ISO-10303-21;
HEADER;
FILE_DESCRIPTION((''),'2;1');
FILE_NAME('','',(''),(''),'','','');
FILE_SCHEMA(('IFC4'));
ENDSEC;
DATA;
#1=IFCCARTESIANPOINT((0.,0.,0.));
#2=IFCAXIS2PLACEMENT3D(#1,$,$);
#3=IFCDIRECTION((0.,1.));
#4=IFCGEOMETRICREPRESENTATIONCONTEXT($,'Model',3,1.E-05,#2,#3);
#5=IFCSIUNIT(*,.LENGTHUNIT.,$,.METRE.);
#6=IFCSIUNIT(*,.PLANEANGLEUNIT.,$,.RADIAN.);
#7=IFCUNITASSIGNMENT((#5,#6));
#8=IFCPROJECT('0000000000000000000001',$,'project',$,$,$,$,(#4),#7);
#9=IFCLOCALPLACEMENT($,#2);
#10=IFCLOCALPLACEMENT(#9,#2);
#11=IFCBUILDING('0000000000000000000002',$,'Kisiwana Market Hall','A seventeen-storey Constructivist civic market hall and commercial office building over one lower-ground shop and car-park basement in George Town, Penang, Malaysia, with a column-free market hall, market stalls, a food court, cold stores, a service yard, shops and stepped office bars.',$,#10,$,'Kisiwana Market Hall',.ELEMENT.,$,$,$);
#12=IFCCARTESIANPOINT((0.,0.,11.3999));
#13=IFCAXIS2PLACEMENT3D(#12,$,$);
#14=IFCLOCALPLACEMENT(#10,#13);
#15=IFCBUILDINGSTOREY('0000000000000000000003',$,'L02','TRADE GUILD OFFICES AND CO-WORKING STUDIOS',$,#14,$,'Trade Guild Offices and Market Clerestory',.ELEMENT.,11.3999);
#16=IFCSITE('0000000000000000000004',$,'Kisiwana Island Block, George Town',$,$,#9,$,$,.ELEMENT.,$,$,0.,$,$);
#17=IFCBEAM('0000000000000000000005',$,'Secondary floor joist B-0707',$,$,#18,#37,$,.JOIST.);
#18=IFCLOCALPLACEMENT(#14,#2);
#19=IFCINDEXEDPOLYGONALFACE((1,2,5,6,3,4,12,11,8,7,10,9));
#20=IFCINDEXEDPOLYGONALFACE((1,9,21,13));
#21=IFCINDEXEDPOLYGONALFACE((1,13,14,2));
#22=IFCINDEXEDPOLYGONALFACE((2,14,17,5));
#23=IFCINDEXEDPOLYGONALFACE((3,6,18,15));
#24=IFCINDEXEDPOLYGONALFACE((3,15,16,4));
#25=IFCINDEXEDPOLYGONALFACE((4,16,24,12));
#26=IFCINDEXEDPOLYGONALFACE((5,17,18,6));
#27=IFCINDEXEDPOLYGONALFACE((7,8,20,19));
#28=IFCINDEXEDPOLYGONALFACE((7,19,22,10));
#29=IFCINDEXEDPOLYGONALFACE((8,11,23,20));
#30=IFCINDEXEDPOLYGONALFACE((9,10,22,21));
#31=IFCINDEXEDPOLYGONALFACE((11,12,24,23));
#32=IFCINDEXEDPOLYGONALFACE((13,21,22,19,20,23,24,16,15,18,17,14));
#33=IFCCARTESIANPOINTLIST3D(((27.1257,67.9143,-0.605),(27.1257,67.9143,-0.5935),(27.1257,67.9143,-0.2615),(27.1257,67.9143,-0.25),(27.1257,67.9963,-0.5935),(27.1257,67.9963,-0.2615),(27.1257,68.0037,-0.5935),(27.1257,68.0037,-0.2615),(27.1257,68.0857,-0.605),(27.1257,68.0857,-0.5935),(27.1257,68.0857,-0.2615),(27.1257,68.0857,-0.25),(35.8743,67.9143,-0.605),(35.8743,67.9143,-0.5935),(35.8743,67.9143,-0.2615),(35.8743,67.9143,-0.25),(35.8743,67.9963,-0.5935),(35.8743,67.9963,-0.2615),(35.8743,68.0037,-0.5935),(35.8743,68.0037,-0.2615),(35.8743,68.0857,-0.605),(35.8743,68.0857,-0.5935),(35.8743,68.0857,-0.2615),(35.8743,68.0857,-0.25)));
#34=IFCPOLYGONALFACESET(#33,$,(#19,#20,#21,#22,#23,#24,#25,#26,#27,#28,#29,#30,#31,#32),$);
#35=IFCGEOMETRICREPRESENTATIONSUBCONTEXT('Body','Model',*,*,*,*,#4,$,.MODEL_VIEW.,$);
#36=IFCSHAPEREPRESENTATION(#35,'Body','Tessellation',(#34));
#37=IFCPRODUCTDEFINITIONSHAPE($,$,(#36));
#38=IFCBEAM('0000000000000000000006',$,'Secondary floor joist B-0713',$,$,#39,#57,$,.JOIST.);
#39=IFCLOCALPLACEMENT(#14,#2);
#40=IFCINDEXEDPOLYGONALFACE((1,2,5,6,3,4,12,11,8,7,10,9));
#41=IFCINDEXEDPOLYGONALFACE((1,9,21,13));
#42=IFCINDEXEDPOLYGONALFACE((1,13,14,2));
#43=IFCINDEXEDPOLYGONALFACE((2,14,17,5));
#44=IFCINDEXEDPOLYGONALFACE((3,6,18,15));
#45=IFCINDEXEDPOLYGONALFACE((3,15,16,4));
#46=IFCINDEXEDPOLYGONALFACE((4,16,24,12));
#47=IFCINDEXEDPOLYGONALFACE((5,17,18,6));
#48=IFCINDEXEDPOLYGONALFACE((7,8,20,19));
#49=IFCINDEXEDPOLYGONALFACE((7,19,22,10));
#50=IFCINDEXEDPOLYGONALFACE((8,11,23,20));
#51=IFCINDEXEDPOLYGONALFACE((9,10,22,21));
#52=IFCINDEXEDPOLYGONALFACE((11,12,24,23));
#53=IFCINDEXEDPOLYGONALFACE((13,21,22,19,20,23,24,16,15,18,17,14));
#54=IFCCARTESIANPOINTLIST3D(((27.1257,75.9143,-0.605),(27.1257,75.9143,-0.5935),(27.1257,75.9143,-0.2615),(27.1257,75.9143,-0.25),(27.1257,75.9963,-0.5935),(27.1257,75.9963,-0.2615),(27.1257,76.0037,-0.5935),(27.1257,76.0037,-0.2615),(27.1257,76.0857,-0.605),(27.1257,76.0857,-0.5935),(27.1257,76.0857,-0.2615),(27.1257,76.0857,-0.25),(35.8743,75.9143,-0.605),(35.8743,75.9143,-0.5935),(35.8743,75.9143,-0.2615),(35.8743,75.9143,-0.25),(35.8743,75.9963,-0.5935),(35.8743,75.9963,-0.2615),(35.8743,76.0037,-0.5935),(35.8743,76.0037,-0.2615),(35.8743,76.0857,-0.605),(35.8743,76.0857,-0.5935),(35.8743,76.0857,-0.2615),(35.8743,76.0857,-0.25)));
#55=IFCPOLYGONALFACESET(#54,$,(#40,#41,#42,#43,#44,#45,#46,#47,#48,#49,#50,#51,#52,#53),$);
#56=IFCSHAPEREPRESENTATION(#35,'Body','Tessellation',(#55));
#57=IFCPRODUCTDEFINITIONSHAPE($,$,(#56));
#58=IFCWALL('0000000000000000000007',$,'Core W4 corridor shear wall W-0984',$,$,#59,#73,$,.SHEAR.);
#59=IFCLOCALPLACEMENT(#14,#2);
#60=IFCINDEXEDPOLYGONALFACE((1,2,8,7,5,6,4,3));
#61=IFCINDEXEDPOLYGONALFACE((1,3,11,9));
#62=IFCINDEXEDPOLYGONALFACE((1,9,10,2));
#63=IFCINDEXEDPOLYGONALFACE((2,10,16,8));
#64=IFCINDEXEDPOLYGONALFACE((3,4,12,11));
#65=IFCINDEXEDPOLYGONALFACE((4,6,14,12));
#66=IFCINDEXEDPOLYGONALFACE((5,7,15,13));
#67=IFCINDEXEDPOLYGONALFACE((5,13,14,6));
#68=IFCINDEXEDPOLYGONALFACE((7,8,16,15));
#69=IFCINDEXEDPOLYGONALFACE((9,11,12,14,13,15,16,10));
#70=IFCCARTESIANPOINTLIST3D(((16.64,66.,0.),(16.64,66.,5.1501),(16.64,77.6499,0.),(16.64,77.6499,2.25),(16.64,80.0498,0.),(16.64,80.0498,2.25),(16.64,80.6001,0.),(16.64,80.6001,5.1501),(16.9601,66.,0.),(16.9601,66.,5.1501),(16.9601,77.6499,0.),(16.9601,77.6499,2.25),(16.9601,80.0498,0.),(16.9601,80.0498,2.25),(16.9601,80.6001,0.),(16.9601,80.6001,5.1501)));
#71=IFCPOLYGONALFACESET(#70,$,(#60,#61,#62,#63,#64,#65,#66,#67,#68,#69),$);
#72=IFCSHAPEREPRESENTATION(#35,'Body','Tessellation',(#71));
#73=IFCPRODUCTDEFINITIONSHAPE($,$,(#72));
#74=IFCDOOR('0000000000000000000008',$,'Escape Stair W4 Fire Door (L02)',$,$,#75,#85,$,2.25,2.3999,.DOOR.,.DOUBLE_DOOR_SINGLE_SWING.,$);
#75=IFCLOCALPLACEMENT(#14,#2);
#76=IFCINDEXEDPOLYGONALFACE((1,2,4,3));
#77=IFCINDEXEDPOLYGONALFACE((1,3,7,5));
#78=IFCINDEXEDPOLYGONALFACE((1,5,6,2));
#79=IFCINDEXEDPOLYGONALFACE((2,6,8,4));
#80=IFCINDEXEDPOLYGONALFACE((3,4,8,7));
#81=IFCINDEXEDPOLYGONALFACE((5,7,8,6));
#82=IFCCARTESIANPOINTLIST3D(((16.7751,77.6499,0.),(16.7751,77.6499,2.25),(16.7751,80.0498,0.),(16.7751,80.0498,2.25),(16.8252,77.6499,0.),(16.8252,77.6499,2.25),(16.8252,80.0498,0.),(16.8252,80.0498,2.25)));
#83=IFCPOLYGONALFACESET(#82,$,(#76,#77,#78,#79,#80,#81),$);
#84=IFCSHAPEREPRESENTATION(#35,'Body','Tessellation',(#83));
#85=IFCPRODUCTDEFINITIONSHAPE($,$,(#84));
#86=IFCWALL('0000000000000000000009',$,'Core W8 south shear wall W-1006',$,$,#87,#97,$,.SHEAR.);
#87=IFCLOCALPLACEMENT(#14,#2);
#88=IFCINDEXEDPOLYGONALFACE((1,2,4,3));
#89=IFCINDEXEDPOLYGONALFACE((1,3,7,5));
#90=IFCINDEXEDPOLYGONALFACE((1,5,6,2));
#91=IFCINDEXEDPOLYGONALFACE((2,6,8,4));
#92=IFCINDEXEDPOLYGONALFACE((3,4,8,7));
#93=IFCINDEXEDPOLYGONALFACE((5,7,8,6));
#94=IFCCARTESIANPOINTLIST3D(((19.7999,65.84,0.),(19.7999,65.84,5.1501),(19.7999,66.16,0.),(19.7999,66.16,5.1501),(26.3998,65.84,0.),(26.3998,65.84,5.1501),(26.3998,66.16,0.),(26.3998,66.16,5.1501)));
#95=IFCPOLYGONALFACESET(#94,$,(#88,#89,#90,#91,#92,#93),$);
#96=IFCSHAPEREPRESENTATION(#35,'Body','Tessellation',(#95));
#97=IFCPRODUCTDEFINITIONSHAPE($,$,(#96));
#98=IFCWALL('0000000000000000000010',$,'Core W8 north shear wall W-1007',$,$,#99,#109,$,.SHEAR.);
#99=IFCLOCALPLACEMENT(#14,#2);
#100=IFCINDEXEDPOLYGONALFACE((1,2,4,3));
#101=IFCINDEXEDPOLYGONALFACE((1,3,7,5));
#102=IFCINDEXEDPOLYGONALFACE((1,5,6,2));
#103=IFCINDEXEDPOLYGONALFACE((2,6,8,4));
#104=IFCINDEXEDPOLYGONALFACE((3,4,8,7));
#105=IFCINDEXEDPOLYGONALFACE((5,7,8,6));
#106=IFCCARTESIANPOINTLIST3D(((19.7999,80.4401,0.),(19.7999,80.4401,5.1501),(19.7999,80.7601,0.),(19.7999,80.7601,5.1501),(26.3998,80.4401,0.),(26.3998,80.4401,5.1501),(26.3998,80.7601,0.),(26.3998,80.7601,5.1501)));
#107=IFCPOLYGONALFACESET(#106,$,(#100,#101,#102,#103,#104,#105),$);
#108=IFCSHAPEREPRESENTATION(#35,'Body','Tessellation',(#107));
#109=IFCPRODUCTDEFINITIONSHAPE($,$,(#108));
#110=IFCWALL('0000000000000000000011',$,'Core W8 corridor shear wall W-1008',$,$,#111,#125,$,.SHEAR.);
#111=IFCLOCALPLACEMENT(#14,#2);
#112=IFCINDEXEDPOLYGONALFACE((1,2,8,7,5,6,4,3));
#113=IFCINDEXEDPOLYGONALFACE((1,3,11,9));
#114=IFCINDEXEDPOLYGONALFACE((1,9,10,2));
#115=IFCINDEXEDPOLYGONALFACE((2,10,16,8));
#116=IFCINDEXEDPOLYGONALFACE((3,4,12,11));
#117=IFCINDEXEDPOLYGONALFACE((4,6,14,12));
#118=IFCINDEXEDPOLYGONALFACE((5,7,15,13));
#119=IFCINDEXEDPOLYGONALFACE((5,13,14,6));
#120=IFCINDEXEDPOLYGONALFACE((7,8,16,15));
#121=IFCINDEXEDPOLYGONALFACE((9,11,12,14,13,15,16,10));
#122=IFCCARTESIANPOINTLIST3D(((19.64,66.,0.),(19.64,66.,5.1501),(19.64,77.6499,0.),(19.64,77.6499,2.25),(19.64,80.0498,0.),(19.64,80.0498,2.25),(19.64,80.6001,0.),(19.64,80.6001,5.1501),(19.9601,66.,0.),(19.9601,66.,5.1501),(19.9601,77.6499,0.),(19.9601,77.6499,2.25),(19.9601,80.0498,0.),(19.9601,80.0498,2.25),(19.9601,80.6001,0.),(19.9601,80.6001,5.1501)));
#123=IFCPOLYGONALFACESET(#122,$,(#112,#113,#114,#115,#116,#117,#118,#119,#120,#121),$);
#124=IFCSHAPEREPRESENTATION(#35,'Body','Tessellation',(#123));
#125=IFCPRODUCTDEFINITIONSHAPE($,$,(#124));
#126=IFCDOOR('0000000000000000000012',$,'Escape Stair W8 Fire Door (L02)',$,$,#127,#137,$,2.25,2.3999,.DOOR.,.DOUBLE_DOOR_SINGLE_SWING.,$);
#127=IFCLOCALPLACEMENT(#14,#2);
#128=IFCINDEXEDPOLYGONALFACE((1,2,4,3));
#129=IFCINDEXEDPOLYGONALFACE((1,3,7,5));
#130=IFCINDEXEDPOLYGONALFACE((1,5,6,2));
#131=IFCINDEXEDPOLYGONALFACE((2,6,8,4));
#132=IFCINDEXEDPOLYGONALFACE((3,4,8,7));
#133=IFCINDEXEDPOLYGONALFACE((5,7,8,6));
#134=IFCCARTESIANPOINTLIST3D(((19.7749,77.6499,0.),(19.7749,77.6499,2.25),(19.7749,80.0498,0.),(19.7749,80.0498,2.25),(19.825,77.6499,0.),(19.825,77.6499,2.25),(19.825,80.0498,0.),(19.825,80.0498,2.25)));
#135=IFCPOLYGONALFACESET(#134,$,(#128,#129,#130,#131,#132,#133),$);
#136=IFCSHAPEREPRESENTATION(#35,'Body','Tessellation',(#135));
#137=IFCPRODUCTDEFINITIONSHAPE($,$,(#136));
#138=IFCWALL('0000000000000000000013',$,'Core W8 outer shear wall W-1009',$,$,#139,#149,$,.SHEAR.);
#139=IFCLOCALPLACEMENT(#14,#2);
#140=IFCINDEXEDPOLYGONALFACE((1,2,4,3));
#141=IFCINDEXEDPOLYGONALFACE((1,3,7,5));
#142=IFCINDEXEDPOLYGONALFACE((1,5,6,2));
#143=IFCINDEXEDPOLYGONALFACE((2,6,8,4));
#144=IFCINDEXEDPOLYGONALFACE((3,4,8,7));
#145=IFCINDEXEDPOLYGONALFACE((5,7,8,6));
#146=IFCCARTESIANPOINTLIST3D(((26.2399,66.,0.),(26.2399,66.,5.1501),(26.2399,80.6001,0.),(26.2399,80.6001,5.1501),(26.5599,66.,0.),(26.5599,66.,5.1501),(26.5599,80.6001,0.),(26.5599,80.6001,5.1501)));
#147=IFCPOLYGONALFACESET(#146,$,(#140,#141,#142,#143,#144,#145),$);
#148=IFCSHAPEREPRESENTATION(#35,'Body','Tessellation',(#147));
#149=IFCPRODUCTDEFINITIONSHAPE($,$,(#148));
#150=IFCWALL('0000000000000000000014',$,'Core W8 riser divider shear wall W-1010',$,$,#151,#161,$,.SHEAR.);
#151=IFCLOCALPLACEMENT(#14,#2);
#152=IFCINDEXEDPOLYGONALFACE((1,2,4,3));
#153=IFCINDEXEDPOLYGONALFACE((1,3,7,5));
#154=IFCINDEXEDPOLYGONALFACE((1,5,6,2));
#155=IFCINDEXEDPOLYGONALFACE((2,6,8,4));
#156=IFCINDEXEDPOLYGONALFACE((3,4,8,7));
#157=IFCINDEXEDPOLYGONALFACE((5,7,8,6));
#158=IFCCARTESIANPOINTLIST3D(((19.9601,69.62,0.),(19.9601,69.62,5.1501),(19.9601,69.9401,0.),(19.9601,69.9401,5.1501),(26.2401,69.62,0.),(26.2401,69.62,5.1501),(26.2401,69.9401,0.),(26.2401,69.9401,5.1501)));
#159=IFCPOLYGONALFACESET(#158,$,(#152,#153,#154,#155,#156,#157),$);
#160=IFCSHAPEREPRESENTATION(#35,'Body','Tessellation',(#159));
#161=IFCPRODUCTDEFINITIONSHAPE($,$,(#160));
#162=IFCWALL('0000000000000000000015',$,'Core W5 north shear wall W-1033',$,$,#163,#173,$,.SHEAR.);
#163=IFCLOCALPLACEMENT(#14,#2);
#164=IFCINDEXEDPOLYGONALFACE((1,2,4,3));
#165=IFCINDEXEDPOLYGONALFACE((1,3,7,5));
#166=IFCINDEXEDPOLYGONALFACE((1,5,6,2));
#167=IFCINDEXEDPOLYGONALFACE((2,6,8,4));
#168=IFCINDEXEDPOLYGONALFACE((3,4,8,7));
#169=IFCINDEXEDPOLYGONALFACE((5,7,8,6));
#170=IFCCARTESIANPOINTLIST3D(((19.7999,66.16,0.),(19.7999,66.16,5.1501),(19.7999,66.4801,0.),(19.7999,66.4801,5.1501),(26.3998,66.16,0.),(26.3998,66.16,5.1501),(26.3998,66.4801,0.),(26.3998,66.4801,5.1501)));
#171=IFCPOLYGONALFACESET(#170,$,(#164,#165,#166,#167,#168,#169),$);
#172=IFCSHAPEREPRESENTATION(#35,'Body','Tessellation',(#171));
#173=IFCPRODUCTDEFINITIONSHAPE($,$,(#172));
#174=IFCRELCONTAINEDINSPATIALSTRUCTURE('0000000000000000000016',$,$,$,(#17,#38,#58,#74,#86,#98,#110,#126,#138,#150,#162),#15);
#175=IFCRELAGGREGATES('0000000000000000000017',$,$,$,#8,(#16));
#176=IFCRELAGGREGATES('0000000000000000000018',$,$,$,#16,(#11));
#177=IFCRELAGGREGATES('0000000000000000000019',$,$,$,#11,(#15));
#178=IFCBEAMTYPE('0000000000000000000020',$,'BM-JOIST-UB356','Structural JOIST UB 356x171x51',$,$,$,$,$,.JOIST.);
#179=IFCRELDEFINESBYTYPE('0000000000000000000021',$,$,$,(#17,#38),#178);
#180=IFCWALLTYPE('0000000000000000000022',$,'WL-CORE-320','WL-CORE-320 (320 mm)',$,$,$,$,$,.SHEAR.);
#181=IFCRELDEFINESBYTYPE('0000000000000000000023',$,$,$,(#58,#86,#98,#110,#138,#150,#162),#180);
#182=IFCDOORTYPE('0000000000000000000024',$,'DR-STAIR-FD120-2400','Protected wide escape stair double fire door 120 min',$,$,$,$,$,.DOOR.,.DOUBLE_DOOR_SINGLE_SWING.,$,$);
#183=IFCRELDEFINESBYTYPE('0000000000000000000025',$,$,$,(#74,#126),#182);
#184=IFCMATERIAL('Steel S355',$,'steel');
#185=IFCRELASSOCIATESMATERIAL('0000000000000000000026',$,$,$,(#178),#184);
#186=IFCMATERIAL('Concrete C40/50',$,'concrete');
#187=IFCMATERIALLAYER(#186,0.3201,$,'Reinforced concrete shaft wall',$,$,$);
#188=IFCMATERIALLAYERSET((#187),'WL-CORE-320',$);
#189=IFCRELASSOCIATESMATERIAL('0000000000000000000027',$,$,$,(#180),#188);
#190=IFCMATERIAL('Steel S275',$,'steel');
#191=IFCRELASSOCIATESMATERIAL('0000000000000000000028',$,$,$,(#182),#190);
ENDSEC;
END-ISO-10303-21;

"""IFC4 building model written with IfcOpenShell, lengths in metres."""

from ifc_helpers import new_model, si_unit, direction, frame, frame_2d, origin, origin_2d, place, context, subcontext, project, spatial, rectangle, i_section, extrude, material, layer, layer_set, material_profile, profile_set, type_object, element, fill, save


model = new_model("IFC4")

# Units and contexts
model_context = context("Model", 3, precision=1e-05, world=origin(), true_north=direction((0.0, 1.0)))
body_context = subcontext(model_context, "Body", "Model", "MODEL_VIEW")
ifc_project = project(units=[si_unit("LENGTHUNIT", "METRE"), si_unit("PLANEANGLEUNIT", "RADIAN")], contexts=[model_context])

# Site, building, storey
site_placement = place(None, origin())
site = spatial("IfcSite", under=ifc_project, at=site_placement, Name="Kisiwana Island Block, George Town", CompositionType="ELEMENT", RefElevation=0.0)
building_placement = place(site_placement, origin())
building = spatial("IfcBuilding", under=site, at=building_placement, Name="Kisiwana Market Hall", Description="A seventeen-storey Constructivist civic market hall and commercial office building over one lower-ground shop and car-park basement in George Town, Penang, Malaysia, with a column-free market hall, market stalls, a food court, cold stores, a service yard, shops and stepped office bars.", LongName="Kisiwana Market Hall", CompositionType="ELEMENT")
storey_placement = place(building_placement, frame((0.0, 0.0, 11.3999)))
storey = spatial("IfcBuildingStorey", under=building, at=storey_placement, Name="L02", Description="TRADE GUILD OFFICES AND CO-WORKING STUDIOS", LongName="Trade Guild Offices and Market Clerestory", CompositionType="ELEMENT", Elevation=11.3999)

# Beams
ifc_material_1 = material(Name="Steel S355", Category="steel")
ifc_material_profile = material_profile(ifc_material_1, i_section(OverallWidth=0.1714, OverallDepth=0.355, WebThickness=0.0073, FlangeThickness=0.0115, at=origin_2d()), Name="UB 356x171x51")
ifc_profile_set = profile_set([ifc_material_profile], Name="Steel S355")
beam_type = type_object("IfcBeamType", Name="BM-JOIST-UB356", Description="Structural JOIST UB 356x171x51", PredefinedType="JOIST", material=ifc_profile_set)
for number, where, z_axis, x_axis, name in (
    (1, (27.1257, 68.0, -0.4275), (1.0, 0.0, 0.0), (0.0, 1.0, 0.0), "Secondary floor joist B-0707"),
    (2, (27.1257, 76.0, -0.4275), (1.0, 0.0, 0.0), (0.0, 1.0, 0.0), "Secondary floor joist B-0713"),
):
    element("IfcBeam", number, at=place(storey_placement, frame(where, z_axis=z_axis, x_axis=x_axis)), inside=storey, type_object=beam_type, Name=name, PredefinedType="JOIST", context=body_context, shape_type="SweptSolid", body=[
        extrude(i_section(OverallWidth=0.1714, OverallDepth=0.355, WebThickness=0.0073, FlangeThickness=0.0115, at=origin_2d()), origin(), (0.0, 0.0, 1.0), 8.7485),
    ])

# Wall, opening, door
ifc_material_2 = material(Name="Concrete C40/50", Category="concrete")
ifc_layer_1 = layer(ifc_material_2, 0.3201, Name="Reinforced concrete shaft wall")
ifc_layer_set_1 = layer_set([ifc_layer_1], Name="WL-CORE-320")
wall_type_1 = type_object("IfcWallType", Name="WL-CORE-320", Description="WL-CORE-320 (320 mm)", PredefinedType="SHEAR", material=ifc_layer_set_1)
wall_1_placement = place(storey_placement, frame((16.8, 66.0, 0.0), z_axis=(0.0, 0.0, 1.0), x_axis=(0.0, 1.0, 0.0)))
wall_1 = element("IfcWall", 3, at=wall_1_placement, inside=storey, type_object=wall_type_1, Name="Core W4 corridor shear wall W-0984", PredefinedType="SHEAR", context=body_context, shape_type="SweptSolid", body=[
    extrude(rectangle(XDim=14.6001, YDim=0.3201, at=frame_2d((7.3, 0.0))), origin(), (0.0, 0.0, 1.0), 5.1501),
])
opening_1_placement = place(wall_1_placement, frame((11.6499, 0.0, 0.0)))
opening_1 = element("IfcOpeningElement", 4, at=opening_1_placement, cuts=wall_1, PredefinedType="OPENING", context=body_context, shape_type="SweptSolid", body=[
    extrude(rectangle(XDim=2.3999, YDim=2.25, at=frame_2d((1.2, 1.125))), frame((0.0, 0.1719, 0.0), z_axis=(0.0, -1.0, 0.0), x_axis=(1.0, 0.0, 0.0)), (0.0, 0.0, 1.0), 0.344),
])
ifc_material_3 = material(Name="Steel S275", Category="steel")
door_type_1 = type_object("IfcDoorType", Name="DR-STAIR-FD120-2400", Description="Protected wide escape stair double fire door 120 min", OperationType="DOUBLE_DOOR_SINGLE_SWING", PredefinedType="DOOR", material=ifc_material_3)
door_1_placement = place(opening_1_placement, origin())
door_1 = element("IfcDoor", 5, at=door_1_placement, inside=storey, type_object=door_type_1, Name="Escape Stair W4 Fire Door (L02)", OperationType="DOUBLE_DOOR_SINGLE_SWING", OverallHeight=2.25, OverallWidth=2.3999, PredefinedType="DOOR", context=body_context, shape_type="SweptSolid", body=[
    extrude(rectangle(XDim=2.3999, YDim=2.25, at=frame_2d((1.2, 1.125))), frame((0.0, 0.0249, 0.0), z_axis=(0.0, -1.0, 0.0), x_axis=(1.0, 0.0, 0.0)), (0.0, 0.0, 1.0), 0.05),
])
fill(opening_1, door_1)

# Walls
for number, where, z_axis, x_axis, name in (
    (6, (19.8, 66.0, 0.0), (0.0, 0.0, 1.0), (1.0, 0.0, 0.0), "Core W8 south shear wall W-1006"),
    (7, (19.8, 80.6001, 0.0), (0.0, 0.0, 1.0), (1.0, 0.0, 0.0), "Core W8 north shear wall W-1007"),
):
    element("IfcWall", number, at=place(storey_placement, frame(where, z_axis=z_axis, x_axis=x_axis)), inside=storey, type_object=wall_type_1, Name=name, PredefinedType="SHEAR", context=body_context, shape_type="SweptSolid", body=[
        extrude(rectangle(XDim=6.5999, YDim=0.3201, at=frame_2d((3.2998, 0.0))), origin(), (0.0, 0.0, 1.0), 5.1501),
    ])

# Wall, opening, door
wall_2_placement = place(storey_placement, frame((19.8, 66.0, 0.0), z_axis=(0.0, 0.0, 1.0), x_axis=(0.0, 1.0, 0.0)))
wall_2 = element("IfcWall", 8, at=wall_2_placement, inside=storey, type_object=wall_type_1, Name="Core W8 corridor shear wall W-1008", PredefinedType="SHEAR", context=body_context, shape_type="SweptSolid", body=[
    extrude(rectangle(XDim=14.6001, YDim=0.3201, at=frame_2d((7.3, 0.0))), origin(), (0.0, 0.0, 1.0), 5.1501),
])
opening_2_placement = place(wall_2_placement, frame((11.6499, 0.0, 0.0)))
opening_2 = element("IfcOpeningElement", 9, at=opening_2_placement, cuts=wall_2, PredefinedType="OPENING", context=body_context, shape_type="SweptSolid", body=[
    extrude(rectangle(XDim=2.3999, YDim=2.25, at=frame_2d((1.2, 1.125))), frame((0.0, 0.1719, 0.0), z_axis=(0.0, -1.0, 0.0), x_axis=(1.0, 0.0, 0.0)), (0.0, 0.0, 1.0), 0.344),
])
door_2_placement = place(opening_2_placement, frame((2.3999, 0.0, 0.0), z_axis=(0.0, 0.0, 1.0), x_axis=(-1.0, 0.0, 0.0)))
door_2 = element("IfcDoor", 10, at=door_2_placement, inside=storey, type_object=door_type_1, Name="Escape Stair W8 Fire Door (L02)", OperationType="DOUBLE_DOOR_SINGLE_SWING", OverallHeight=2.25, OverallWidth=2.3999, PredefinedType="DOOR", context=body_context, shape_type="SweptSolid", body=[
    extrude(rectangle(XDim=2.3999, YDim=2.25, at=frame_2d((1.2, 1.125))), frame((0.0, 0.0249, 0.0), z_axis=(0.0, -1.0, 0.0), x_axis=(1.0, 0.0, 0.0)), (0.0, 0.0, 1.0), 0.05),
])
fill(opening_2, door_2)

# Walls
wall_3_placement = place(storey_placement, frame((26.3999, 66.0, 0.0), z_axis=(0.0, 0.0, 1.0), x_axis=(0.0, 1.0, 0.0)))
element("IfcWall", 11, at=wall_3_placement, inside=storey, type_object=wall_type_1, Name="Core W8 outer shear wall W-1009", PredefinedType="SHEAR", context=body_context, shape_type="SweptSolid", body=[
    extrude(rectangle(XDim=14.6001, YDim=0.3201, at=frame_2d((7.3, 0.0))), origin(), (0.0, 0.0, 1.0), 5.1501),
])
wall_4_placement = place(storey_placement, frame((19.96, 69.78, 0.0), z_axis=(0.0, 0.0, 1.0), x_axis=(1.0, 0.0, 0.0)))
element("IfcWall", 12, at=wall_4_placement, inside=storey, type_object=wall_type_1, Name="Core W8 riser divider shear wall W-1010", PredefinedType="SHEAR", context=body_context, shape_type="SweptSolid", body=[
    extrude(rectangle(XDim=6.28, YDim=0.3201, at=frame_2d((3.1401, 0.0))), origin(), (0.0, 0.0, 1.0), 5.1501),
])
wall_5_placement = place(storey_placement, frame((19.8, 66.3201, 0.0), z_axis=(0.0, 0.0, 1.0), x_axis=(1.0, 0.0, 0.0)))
element("IfcWall", 13, at=wall_5_placement, inside=storey, type_object=wall_type_1, Name="Core W5 north shear wall W-1033", PredefinedType="SHEAR", context=body_context, shape_type="SweptSolid", body=[
    extrude(rectangle(XDim=6.5999, YDim=0.3201, at=frame_2d((3.2998, 0.0))), origin(), (0.0, 0.0, 1.0), 5.1501),
])

save(model, "model.ifc")
